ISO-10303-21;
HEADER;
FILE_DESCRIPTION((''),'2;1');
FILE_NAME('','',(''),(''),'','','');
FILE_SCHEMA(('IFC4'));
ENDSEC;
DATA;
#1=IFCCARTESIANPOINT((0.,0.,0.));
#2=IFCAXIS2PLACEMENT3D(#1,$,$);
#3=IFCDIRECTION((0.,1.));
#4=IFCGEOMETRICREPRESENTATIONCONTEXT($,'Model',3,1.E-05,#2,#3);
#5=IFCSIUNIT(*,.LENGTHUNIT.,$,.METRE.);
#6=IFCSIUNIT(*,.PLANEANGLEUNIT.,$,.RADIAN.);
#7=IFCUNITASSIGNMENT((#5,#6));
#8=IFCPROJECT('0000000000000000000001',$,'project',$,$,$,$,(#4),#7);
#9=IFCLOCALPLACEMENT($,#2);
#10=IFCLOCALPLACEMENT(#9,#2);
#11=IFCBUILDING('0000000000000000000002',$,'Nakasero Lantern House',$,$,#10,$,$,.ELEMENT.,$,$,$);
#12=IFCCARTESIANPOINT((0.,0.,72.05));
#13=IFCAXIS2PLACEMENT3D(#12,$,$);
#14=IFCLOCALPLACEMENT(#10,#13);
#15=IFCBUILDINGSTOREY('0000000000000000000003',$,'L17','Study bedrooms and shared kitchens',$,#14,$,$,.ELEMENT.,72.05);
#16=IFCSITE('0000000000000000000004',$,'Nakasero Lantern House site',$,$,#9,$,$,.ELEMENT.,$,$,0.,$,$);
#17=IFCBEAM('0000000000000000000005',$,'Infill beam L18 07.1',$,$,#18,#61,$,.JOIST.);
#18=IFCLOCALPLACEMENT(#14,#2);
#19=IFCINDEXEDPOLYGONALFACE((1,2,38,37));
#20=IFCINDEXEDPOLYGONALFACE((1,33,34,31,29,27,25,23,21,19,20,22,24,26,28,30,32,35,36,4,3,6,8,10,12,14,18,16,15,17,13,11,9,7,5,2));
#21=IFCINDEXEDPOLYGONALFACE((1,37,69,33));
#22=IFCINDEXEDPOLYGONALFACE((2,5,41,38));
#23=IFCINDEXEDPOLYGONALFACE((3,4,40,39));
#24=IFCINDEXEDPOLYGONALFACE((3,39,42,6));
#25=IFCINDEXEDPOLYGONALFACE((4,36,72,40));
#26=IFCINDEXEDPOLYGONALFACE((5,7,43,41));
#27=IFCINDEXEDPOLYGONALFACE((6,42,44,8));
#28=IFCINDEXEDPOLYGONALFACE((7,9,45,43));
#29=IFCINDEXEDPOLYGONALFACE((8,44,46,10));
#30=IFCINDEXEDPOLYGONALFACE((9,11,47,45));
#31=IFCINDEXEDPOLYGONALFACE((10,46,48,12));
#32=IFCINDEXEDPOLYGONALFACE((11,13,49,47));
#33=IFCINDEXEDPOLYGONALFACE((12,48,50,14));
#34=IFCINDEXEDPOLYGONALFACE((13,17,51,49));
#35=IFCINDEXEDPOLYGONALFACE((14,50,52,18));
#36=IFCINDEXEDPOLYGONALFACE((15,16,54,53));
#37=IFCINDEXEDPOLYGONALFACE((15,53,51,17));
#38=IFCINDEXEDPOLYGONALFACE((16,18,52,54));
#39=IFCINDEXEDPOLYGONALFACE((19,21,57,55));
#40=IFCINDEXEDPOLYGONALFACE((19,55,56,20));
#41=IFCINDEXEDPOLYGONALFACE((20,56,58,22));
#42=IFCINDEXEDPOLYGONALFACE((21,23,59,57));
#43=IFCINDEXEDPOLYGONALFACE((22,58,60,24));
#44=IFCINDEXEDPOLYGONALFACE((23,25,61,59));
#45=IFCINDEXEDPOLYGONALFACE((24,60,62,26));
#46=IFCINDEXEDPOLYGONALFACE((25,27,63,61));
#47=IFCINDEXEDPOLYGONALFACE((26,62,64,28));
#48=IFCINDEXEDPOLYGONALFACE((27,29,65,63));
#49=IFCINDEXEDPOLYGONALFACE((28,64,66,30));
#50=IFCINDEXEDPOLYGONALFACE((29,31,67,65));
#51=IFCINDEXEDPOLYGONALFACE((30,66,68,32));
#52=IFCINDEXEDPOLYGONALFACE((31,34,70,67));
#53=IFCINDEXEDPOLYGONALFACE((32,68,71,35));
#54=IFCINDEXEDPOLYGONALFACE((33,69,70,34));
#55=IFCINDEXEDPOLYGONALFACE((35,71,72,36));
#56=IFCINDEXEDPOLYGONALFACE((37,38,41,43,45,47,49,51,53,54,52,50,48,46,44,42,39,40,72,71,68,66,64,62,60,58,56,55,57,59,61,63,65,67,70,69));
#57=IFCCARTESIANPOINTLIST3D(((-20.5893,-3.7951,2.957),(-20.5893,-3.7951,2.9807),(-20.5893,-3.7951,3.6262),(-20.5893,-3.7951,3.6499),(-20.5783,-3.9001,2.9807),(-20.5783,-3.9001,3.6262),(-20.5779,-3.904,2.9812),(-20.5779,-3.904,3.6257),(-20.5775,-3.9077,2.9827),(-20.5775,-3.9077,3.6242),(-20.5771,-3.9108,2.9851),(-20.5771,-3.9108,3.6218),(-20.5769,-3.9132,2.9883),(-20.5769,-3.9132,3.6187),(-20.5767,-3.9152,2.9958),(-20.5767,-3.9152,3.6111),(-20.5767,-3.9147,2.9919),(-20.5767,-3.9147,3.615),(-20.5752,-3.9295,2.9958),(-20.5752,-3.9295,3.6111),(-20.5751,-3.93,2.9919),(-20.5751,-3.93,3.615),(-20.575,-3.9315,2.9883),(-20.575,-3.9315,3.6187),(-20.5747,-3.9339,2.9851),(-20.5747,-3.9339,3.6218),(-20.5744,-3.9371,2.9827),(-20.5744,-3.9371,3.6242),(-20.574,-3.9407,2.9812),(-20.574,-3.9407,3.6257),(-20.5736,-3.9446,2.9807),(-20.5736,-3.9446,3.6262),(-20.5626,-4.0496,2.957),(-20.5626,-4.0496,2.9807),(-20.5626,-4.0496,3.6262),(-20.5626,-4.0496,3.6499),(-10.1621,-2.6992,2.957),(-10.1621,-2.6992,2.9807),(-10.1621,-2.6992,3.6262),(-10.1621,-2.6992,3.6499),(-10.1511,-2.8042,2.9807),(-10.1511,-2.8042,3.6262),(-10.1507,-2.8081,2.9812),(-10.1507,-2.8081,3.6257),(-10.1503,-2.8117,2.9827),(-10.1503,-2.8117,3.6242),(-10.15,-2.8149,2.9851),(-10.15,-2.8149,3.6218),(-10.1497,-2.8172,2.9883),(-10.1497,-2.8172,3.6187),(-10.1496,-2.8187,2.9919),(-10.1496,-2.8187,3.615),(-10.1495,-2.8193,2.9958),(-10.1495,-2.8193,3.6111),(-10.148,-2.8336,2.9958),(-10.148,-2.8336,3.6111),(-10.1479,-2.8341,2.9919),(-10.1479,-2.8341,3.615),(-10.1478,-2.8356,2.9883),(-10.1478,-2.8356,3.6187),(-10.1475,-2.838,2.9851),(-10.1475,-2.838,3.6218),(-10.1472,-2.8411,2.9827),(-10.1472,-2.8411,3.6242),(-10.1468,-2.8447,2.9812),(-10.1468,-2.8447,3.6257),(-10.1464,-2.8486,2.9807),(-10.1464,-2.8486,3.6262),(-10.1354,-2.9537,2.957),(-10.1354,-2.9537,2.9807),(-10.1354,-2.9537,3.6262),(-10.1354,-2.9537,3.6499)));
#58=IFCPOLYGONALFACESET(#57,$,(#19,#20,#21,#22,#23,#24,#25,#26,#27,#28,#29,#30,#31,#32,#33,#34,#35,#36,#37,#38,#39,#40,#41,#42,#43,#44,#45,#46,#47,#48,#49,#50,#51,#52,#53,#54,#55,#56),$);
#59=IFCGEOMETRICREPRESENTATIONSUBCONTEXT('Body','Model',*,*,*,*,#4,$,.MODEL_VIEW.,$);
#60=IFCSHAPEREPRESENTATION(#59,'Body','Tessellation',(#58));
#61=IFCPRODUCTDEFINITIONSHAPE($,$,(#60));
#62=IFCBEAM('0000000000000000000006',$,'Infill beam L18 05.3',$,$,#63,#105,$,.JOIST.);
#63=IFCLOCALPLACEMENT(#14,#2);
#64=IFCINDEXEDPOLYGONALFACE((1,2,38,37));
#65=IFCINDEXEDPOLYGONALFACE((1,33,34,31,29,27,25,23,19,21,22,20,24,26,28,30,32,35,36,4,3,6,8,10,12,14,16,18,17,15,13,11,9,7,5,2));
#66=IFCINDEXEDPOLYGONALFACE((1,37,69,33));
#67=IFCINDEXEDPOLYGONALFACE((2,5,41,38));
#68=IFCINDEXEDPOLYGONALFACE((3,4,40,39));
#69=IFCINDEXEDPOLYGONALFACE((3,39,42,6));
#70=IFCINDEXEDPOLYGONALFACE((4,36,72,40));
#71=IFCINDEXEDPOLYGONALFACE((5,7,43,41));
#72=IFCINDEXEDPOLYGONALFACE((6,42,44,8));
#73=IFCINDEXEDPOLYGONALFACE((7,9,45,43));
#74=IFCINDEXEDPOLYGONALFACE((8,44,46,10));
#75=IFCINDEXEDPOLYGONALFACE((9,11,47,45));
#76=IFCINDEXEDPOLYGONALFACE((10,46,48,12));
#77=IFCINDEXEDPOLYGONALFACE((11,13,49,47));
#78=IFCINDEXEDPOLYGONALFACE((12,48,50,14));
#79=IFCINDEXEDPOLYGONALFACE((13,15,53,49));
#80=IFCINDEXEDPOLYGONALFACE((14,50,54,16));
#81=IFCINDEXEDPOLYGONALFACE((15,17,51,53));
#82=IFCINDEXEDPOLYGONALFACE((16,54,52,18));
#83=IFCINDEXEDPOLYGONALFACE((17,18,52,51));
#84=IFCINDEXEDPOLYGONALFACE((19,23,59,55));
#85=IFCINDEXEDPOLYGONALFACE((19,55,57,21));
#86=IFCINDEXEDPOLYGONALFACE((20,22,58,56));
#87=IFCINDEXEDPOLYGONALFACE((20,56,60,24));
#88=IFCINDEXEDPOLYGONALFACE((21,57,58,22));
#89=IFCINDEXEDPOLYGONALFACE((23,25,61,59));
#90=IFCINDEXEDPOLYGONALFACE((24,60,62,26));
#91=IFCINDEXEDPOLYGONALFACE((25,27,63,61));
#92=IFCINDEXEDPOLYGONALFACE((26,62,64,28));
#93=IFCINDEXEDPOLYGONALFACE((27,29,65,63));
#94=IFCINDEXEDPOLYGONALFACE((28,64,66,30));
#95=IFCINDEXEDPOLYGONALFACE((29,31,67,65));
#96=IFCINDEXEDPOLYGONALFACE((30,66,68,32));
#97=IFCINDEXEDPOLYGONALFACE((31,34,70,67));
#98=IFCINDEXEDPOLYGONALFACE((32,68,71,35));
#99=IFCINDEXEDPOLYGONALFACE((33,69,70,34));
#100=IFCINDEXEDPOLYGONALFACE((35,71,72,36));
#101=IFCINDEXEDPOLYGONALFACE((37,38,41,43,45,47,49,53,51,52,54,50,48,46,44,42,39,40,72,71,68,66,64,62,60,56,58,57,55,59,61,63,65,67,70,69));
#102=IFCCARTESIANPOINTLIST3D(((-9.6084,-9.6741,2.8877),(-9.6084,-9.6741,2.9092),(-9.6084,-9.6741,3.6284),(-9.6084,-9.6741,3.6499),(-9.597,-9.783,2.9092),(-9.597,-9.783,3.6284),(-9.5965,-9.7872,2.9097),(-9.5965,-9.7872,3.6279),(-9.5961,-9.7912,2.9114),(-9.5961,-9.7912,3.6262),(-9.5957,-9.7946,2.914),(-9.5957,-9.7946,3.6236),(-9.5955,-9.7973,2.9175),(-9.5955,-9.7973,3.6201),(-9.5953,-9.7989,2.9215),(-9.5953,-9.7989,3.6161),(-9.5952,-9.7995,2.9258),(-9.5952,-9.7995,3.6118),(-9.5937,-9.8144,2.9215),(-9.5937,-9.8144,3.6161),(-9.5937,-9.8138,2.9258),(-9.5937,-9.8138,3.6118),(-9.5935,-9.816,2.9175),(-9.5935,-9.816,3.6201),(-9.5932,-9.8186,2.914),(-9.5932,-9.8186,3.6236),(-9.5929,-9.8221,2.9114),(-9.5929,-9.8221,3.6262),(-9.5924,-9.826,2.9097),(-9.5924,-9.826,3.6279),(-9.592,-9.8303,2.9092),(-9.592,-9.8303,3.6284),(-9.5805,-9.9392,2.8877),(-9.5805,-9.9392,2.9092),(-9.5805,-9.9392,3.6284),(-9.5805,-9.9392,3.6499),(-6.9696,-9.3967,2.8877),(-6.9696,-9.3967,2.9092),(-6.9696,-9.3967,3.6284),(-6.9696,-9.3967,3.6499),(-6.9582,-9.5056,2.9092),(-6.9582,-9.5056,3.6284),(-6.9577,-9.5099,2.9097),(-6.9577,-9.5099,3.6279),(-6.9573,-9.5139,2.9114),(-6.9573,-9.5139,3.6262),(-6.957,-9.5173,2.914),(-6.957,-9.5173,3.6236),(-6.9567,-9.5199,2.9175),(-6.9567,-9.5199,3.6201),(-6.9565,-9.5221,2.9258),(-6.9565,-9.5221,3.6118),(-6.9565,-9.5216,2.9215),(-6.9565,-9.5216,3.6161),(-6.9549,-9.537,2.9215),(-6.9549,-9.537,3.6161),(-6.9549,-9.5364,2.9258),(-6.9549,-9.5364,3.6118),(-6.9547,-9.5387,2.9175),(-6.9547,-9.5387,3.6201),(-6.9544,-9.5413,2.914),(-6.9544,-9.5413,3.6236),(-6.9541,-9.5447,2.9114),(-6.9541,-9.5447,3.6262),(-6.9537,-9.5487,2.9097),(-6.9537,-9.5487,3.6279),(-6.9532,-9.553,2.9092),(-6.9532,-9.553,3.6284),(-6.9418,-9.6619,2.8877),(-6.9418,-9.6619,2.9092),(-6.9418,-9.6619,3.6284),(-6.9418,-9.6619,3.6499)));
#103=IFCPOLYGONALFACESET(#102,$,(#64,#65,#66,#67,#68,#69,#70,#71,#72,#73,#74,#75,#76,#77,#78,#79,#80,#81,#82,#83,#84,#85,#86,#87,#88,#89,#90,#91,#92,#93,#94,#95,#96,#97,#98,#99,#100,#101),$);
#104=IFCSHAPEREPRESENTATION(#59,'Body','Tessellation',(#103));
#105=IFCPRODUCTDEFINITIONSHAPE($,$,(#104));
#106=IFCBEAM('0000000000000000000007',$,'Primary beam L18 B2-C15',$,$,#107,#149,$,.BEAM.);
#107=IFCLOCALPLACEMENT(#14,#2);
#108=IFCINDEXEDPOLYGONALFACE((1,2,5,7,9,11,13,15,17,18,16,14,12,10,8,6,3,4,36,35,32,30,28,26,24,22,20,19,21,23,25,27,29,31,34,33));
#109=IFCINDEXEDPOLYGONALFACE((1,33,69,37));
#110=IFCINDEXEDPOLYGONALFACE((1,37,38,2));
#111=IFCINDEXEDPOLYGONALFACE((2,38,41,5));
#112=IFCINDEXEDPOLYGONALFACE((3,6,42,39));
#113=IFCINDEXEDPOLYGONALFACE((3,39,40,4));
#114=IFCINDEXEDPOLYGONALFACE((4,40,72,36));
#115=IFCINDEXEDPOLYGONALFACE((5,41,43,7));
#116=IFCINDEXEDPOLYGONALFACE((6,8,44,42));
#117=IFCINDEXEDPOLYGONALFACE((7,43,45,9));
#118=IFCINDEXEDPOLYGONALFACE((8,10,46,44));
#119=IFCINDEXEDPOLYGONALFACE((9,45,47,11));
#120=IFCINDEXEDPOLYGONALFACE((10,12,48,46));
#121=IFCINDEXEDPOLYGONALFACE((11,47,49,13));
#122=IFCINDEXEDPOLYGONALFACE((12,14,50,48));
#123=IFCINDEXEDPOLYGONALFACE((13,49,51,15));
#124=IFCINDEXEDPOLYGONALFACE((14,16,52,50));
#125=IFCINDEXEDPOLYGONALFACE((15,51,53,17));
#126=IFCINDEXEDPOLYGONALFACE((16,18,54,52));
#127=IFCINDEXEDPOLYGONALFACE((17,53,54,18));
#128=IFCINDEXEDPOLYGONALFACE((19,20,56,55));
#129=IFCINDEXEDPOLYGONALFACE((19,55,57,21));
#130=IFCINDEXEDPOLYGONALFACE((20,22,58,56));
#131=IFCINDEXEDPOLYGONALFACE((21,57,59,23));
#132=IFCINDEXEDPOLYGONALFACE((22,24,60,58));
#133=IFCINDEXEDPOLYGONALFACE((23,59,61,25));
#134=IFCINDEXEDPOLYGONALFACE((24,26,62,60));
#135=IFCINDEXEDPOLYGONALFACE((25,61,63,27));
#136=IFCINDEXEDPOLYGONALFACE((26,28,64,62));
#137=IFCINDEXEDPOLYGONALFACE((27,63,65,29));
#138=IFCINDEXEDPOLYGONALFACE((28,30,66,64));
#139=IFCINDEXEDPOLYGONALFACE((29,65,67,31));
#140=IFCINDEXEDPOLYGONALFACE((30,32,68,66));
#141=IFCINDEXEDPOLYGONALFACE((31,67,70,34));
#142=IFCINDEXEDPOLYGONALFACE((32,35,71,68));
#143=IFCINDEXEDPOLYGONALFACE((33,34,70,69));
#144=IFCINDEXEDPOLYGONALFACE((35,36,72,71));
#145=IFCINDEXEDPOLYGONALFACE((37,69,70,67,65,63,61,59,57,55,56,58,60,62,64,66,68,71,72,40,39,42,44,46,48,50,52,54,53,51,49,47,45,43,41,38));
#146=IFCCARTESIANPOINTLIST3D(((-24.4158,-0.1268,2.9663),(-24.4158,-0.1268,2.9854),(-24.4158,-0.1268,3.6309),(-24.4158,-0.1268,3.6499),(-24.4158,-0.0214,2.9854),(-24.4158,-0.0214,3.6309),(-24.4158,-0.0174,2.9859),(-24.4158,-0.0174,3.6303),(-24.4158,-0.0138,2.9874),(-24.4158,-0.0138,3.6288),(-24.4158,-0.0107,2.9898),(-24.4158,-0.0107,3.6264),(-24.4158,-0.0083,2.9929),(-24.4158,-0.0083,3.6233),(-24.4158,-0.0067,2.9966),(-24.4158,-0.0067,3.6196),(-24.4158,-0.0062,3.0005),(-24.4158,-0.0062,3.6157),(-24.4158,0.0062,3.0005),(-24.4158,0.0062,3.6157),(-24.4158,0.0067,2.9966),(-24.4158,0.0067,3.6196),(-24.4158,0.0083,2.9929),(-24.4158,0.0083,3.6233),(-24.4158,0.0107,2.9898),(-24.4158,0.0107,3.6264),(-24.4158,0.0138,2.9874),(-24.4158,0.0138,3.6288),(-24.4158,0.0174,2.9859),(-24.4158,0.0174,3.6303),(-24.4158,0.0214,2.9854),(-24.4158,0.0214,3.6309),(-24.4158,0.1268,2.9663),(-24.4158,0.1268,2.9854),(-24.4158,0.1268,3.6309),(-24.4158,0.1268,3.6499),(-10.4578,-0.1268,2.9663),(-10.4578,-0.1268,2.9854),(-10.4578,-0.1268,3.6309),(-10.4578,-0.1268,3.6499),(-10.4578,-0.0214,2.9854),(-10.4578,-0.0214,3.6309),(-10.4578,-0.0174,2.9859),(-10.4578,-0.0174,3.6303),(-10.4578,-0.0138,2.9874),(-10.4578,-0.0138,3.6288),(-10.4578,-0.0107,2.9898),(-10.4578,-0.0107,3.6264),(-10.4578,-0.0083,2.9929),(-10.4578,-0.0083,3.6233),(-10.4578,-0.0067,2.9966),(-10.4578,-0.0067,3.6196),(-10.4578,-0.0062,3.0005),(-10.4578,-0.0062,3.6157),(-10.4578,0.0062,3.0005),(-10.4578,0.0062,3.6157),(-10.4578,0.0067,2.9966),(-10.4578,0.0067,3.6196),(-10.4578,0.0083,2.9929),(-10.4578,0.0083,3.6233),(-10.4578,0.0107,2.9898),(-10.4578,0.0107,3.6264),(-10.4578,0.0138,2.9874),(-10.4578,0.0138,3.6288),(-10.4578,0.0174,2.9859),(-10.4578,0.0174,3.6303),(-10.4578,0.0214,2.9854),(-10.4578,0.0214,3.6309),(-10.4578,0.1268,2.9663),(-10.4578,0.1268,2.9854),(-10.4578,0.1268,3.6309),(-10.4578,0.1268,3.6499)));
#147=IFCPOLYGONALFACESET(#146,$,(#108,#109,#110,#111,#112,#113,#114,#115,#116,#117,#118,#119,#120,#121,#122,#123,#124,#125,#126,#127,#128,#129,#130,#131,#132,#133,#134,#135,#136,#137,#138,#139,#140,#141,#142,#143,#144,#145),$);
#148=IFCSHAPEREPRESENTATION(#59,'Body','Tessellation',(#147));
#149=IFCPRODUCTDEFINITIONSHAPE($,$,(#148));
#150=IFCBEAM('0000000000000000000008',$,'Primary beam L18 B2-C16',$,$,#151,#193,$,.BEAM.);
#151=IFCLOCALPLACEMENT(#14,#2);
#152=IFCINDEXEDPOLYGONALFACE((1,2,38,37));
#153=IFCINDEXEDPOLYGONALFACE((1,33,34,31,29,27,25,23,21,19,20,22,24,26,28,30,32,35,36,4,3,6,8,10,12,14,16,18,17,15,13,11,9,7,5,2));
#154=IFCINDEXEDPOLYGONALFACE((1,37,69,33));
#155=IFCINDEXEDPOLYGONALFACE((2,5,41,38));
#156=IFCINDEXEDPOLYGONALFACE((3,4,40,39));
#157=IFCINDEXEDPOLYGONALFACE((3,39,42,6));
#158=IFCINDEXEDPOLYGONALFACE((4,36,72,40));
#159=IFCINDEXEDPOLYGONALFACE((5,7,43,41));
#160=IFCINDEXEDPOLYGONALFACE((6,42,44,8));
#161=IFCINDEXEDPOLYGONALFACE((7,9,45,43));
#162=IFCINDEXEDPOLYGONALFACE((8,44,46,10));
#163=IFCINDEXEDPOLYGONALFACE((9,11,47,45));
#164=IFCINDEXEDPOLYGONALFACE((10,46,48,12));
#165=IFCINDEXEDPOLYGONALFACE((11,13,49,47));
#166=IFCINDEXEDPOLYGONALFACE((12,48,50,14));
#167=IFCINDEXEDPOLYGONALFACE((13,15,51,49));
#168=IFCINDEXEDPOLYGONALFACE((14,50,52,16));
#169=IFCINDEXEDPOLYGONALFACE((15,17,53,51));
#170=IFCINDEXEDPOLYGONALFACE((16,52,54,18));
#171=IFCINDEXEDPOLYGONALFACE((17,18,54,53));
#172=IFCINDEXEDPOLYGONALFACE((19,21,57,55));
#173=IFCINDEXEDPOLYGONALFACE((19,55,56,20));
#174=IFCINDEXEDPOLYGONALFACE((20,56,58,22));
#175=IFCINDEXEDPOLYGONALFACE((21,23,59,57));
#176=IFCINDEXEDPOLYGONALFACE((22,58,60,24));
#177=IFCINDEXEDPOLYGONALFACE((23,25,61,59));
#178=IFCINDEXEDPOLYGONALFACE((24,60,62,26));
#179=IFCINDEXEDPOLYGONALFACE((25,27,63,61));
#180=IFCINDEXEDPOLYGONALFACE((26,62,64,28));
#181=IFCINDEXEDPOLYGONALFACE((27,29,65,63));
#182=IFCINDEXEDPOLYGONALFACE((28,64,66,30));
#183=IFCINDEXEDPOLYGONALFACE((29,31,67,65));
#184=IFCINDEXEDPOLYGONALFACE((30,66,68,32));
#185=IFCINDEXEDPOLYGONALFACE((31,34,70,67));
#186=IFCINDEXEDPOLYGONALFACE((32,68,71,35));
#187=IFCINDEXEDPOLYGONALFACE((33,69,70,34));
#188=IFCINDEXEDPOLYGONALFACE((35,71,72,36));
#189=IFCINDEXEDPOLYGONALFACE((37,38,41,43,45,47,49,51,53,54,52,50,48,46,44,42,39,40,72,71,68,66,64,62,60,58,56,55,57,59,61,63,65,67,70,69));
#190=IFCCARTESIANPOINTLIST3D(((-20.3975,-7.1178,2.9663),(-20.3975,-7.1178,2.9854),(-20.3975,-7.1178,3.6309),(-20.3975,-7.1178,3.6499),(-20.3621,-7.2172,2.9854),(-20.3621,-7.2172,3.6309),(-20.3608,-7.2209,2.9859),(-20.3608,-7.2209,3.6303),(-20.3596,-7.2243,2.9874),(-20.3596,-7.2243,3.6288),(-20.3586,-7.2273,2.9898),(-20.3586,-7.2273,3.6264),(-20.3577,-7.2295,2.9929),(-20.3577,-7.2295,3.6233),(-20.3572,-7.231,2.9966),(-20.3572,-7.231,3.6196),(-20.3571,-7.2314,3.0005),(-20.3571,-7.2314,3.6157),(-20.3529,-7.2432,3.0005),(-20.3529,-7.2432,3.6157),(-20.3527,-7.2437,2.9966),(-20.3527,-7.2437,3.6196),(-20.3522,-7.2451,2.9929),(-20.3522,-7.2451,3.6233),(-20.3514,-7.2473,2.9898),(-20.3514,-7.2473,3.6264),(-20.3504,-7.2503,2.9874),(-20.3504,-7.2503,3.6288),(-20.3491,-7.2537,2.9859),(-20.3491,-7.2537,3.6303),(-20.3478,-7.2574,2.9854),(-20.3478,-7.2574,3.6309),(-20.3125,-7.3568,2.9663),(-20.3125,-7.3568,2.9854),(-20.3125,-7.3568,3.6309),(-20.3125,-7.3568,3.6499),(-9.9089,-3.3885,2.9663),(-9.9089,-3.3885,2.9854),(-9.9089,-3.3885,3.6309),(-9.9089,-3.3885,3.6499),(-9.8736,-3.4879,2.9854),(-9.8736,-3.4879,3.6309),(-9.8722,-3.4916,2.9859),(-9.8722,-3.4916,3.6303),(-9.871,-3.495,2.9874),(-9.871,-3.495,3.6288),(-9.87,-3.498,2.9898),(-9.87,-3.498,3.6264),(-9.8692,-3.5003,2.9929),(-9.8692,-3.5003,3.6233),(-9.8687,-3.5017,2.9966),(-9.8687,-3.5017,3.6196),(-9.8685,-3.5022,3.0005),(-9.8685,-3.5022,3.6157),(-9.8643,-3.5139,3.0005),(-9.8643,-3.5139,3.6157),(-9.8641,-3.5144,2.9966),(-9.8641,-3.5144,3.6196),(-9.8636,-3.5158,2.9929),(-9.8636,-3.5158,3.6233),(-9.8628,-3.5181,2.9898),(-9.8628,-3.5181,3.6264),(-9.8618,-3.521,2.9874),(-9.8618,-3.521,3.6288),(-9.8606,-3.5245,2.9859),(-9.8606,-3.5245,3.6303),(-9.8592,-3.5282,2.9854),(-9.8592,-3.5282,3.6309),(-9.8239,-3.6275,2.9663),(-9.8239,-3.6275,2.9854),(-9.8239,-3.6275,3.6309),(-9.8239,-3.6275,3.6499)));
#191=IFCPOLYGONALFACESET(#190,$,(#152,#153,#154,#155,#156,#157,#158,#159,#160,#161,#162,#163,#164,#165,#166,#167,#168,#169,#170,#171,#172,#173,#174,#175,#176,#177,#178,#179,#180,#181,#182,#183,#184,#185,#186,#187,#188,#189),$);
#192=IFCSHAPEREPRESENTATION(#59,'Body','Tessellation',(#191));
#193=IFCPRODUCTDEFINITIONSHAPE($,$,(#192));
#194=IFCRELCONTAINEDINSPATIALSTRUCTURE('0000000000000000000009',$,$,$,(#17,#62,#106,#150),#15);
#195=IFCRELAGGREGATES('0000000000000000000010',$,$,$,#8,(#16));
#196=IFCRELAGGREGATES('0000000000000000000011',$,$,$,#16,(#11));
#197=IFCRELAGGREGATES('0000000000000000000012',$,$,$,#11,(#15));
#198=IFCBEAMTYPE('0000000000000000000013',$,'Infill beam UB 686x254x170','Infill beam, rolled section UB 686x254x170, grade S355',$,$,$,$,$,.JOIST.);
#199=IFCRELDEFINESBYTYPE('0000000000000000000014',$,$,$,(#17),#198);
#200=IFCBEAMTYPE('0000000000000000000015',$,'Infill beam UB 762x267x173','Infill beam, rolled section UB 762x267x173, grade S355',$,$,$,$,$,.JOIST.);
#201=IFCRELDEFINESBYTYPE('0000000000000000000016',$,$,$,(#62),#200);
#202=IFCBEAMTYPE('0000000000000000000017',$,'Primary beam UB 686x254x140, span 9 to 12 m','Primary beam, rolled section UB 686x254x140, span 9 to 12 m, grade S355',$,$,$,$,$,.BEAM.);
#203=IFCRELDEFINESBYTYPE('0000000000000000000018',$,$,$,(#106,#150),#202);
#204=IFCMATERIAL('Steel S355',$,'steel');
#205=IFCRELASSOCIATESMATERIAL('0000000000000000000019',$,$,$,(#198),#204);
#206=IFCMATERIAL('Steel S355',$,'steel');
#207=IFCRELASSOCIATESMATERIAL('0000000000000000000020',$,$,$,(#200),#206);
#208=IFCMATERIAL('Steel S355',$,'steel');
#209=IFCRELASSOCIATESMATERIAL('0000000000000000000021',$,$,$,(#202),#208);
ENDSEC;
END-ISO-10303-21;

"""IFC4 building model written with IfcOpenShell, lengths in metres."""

from ifc_helpers import new_model, si_unit, direction, frame, origin, origin_2d, place, context, subcontext, project, spatial, i_section, extrude, material, material_profile, profile_set, type_object, element, save


model = new_model("IFC4")

# Units and contexts
model_context = context("Model", 3, precision=1e-05, world=origin(), true_north=direction((0.0, 1.0)))
body_context = subcontext(model_context, "Body", "Model", "MODEL_VIEW")
ifc_project = project(units=[si_unit("LENGTHUNIT", "METRE"), si_unit("PLANEANGLEUNIT", "RADIAN")], contexts=[model_context])

# Site, building, storey
site_placement = place(None, origin())
site = spatial("IfcSite", under=ifc_project, at=site_placement, Name="Nakasero Lantern House site", CompositionType="ELEMENT", RefElevation=0.0)
building_placement = place(site_placement, origin())
building = spatial("IfcBuilding", under=site, at=building_placement, Name="Nakasero Lantern House", CompositionType="ELEMENT")
storey_placement = place(building_placement, frame((0.0, 0.0, 72.05)))
storey = spatial("IfcBuildingStorey", under=building, at=storey_placement, Name="L17", Description="Study bedrooms and shared kitchens", CompositionType="ELEMENT", Elevation=72.05)

# Beams
ifc_material_1 = material(Name="Steel S355", Category="steel")
ifc_material_profile_1 = material_profile(ifc_material_1, i_section(OverallWidth=0.2559, OverallDepth=0.6929, WebThickness=0.0144, FlangeThickness=0.0237, FilletRadius=0.0151, at=origin_2d()), Name="UB 686x254x170")
ifc_profile_set_1 = profile_set([ifc_material_profile_1], Name="Steel S355")
beam_type_1 = type_object("IfcBeamType", Name="Infill beam UB 686x254x170", Description="Infill beam, rolled section UB 686x254x170, grade S355", PredefinedType="JOIST", material=ifc_profile_set_1)
beam_1_placement = place(storey_placement, frame((-20.5759, -3.9224, 3.3035), z_axis=(0.994522, 0.104528, 0.0), x_axis=(-0.104528, 0.994522, 0.0)))
element("IfcBeam", 1, at=beam_1_placement, inside=storey, type_object=beam_type_1, Name="Infill beam L18 07.1", PredefinedType="JOIST", context=body_context, shape_type="SweptSolid", body=[
    extrude(i_section(OverallWidth=0.2559, OverallDepth=0.6929, WebThickness=0.0144, FlangeThickness=0.0237, FilletRadius=0.0151, at=origin_2d()), origin(), (0.0, 0.0, 1.0), 10.4846),
])
ifc_material_2 = material(Name="Steel S355", Category="steel")
ifc_material_profile_2 = material_profile(ifc_material_2, i_section(OverallWidth=0.2666, OverallDepth=0.7622, WebThickness=0.0144, FlangeThickness=0.0215, FilletRadius=0.0166, at=origin_2d()), Name="UB 762x267x173")
ifc_profile_set_2 = profile_set([ifc_material_profile_2], Name="Steel S355")
beam_type_2 = type_object("IfcBeamType", Name="Infill beam UB 762x267x173", Description="Infill beam, rolled section UB 762x267x173, grade S355", PredefinedType="JOIST", material=ifc_profile_set_2)
beam_2_placement = place(storey_placement, frame((-9.5945, -9.8066, 3.2688), z_axis=(0.994522, 0.104532, 0.0), x_axis=(-0.104532, 0.994522, 0.0)))
element("IfcBeam", 2, at=beam_2_placement, inside=storey, type_object=beam_type_2, Name="Infill beam L18 05.3", PredefinedType="JOIST", context=body_context, shape_type="SweptSolid", body=[
    extrude(i_section(OverallWidth=0.2666, OverallDepth=0.7622, WebThickness=0.0144, FlangeThickness=0.0215, FilletRadius=0.0166, at=origin_2d()), origin(), (0.0, 0.0, 1.0), 2.6533),
])
ifc_material_3 = material(Name="Steel S355", Category="steel")
ifc_material_profile_3 = material_profile(ifc_material_3, i_section(OverallWidth=0.2537, OverallDepth=0.6836, WebThickness=0.0125, FlangeThickness=0.019, FilletRadius=0.0151, at=origin_2d()), Name="UB 686x254x140")
ifc_profile_set_3 = profile_set([ifc_material_profile_3], Name="Steel S355")
beam_type_3 = type_object("IfcBeamType", Name="Primary beam UB 686x254x140, span 9 to 12 m", Description="Primary beam, rolled section UB 686x254x140, span 9 to 12 m, grade S355", PredefinedType="BEAM", material=ifc_profile_set_3)
beam_3_placement = place(storey_placement, frame((-24.4158, 0.0, 3.3081), z_axis=(1.0, 0.0, 0.0), x_axis=(0.0, 1.0, 0.0)))
element("IfcBeam", 3, at=beam_3_placement, inside=storey, type_object=beam_type_3, Name="Primary beam L18 B2-C15", PredefinedType="BEAM", context=body_context, shape_type="SweptSolid", body=[
    extrude(i_section(OverallWidth=0.2537, OverallDepth=0.6836, WebThickness=0.0125, FlangeThickness=0.019, FilletRadius=0.0151, at=origin_2d()), origin(), (0.0, 0.0, 1.0), 13.958),
])
beam_4_placement = place(storey_placement, frame((-20.355, -7.2373, 3.3081), z_axis=(0.942215, 0.335009, 0.0), x_axis=(-0.335009, 0.942215, 0.0)))
element("IfcBeam", 4, at=beam_4_placement, inside=storey, type_object=beam_type_3, Name="Primary beam L18 B2-C16", PredefinedType="BEAM", context=body_context, shape_type="SweptSolid", body=[
    extrude(i_section(OverallWidth=0.2537, OverallDepth=0.6836, WebThickness=0.0125, FlangeThickness=0.019, FilletRadius=0.0151, at=origin_2d()), origin(), (0.0, 0.0, 1.0), 11.1318),
])

save(model, "model.ifc")
